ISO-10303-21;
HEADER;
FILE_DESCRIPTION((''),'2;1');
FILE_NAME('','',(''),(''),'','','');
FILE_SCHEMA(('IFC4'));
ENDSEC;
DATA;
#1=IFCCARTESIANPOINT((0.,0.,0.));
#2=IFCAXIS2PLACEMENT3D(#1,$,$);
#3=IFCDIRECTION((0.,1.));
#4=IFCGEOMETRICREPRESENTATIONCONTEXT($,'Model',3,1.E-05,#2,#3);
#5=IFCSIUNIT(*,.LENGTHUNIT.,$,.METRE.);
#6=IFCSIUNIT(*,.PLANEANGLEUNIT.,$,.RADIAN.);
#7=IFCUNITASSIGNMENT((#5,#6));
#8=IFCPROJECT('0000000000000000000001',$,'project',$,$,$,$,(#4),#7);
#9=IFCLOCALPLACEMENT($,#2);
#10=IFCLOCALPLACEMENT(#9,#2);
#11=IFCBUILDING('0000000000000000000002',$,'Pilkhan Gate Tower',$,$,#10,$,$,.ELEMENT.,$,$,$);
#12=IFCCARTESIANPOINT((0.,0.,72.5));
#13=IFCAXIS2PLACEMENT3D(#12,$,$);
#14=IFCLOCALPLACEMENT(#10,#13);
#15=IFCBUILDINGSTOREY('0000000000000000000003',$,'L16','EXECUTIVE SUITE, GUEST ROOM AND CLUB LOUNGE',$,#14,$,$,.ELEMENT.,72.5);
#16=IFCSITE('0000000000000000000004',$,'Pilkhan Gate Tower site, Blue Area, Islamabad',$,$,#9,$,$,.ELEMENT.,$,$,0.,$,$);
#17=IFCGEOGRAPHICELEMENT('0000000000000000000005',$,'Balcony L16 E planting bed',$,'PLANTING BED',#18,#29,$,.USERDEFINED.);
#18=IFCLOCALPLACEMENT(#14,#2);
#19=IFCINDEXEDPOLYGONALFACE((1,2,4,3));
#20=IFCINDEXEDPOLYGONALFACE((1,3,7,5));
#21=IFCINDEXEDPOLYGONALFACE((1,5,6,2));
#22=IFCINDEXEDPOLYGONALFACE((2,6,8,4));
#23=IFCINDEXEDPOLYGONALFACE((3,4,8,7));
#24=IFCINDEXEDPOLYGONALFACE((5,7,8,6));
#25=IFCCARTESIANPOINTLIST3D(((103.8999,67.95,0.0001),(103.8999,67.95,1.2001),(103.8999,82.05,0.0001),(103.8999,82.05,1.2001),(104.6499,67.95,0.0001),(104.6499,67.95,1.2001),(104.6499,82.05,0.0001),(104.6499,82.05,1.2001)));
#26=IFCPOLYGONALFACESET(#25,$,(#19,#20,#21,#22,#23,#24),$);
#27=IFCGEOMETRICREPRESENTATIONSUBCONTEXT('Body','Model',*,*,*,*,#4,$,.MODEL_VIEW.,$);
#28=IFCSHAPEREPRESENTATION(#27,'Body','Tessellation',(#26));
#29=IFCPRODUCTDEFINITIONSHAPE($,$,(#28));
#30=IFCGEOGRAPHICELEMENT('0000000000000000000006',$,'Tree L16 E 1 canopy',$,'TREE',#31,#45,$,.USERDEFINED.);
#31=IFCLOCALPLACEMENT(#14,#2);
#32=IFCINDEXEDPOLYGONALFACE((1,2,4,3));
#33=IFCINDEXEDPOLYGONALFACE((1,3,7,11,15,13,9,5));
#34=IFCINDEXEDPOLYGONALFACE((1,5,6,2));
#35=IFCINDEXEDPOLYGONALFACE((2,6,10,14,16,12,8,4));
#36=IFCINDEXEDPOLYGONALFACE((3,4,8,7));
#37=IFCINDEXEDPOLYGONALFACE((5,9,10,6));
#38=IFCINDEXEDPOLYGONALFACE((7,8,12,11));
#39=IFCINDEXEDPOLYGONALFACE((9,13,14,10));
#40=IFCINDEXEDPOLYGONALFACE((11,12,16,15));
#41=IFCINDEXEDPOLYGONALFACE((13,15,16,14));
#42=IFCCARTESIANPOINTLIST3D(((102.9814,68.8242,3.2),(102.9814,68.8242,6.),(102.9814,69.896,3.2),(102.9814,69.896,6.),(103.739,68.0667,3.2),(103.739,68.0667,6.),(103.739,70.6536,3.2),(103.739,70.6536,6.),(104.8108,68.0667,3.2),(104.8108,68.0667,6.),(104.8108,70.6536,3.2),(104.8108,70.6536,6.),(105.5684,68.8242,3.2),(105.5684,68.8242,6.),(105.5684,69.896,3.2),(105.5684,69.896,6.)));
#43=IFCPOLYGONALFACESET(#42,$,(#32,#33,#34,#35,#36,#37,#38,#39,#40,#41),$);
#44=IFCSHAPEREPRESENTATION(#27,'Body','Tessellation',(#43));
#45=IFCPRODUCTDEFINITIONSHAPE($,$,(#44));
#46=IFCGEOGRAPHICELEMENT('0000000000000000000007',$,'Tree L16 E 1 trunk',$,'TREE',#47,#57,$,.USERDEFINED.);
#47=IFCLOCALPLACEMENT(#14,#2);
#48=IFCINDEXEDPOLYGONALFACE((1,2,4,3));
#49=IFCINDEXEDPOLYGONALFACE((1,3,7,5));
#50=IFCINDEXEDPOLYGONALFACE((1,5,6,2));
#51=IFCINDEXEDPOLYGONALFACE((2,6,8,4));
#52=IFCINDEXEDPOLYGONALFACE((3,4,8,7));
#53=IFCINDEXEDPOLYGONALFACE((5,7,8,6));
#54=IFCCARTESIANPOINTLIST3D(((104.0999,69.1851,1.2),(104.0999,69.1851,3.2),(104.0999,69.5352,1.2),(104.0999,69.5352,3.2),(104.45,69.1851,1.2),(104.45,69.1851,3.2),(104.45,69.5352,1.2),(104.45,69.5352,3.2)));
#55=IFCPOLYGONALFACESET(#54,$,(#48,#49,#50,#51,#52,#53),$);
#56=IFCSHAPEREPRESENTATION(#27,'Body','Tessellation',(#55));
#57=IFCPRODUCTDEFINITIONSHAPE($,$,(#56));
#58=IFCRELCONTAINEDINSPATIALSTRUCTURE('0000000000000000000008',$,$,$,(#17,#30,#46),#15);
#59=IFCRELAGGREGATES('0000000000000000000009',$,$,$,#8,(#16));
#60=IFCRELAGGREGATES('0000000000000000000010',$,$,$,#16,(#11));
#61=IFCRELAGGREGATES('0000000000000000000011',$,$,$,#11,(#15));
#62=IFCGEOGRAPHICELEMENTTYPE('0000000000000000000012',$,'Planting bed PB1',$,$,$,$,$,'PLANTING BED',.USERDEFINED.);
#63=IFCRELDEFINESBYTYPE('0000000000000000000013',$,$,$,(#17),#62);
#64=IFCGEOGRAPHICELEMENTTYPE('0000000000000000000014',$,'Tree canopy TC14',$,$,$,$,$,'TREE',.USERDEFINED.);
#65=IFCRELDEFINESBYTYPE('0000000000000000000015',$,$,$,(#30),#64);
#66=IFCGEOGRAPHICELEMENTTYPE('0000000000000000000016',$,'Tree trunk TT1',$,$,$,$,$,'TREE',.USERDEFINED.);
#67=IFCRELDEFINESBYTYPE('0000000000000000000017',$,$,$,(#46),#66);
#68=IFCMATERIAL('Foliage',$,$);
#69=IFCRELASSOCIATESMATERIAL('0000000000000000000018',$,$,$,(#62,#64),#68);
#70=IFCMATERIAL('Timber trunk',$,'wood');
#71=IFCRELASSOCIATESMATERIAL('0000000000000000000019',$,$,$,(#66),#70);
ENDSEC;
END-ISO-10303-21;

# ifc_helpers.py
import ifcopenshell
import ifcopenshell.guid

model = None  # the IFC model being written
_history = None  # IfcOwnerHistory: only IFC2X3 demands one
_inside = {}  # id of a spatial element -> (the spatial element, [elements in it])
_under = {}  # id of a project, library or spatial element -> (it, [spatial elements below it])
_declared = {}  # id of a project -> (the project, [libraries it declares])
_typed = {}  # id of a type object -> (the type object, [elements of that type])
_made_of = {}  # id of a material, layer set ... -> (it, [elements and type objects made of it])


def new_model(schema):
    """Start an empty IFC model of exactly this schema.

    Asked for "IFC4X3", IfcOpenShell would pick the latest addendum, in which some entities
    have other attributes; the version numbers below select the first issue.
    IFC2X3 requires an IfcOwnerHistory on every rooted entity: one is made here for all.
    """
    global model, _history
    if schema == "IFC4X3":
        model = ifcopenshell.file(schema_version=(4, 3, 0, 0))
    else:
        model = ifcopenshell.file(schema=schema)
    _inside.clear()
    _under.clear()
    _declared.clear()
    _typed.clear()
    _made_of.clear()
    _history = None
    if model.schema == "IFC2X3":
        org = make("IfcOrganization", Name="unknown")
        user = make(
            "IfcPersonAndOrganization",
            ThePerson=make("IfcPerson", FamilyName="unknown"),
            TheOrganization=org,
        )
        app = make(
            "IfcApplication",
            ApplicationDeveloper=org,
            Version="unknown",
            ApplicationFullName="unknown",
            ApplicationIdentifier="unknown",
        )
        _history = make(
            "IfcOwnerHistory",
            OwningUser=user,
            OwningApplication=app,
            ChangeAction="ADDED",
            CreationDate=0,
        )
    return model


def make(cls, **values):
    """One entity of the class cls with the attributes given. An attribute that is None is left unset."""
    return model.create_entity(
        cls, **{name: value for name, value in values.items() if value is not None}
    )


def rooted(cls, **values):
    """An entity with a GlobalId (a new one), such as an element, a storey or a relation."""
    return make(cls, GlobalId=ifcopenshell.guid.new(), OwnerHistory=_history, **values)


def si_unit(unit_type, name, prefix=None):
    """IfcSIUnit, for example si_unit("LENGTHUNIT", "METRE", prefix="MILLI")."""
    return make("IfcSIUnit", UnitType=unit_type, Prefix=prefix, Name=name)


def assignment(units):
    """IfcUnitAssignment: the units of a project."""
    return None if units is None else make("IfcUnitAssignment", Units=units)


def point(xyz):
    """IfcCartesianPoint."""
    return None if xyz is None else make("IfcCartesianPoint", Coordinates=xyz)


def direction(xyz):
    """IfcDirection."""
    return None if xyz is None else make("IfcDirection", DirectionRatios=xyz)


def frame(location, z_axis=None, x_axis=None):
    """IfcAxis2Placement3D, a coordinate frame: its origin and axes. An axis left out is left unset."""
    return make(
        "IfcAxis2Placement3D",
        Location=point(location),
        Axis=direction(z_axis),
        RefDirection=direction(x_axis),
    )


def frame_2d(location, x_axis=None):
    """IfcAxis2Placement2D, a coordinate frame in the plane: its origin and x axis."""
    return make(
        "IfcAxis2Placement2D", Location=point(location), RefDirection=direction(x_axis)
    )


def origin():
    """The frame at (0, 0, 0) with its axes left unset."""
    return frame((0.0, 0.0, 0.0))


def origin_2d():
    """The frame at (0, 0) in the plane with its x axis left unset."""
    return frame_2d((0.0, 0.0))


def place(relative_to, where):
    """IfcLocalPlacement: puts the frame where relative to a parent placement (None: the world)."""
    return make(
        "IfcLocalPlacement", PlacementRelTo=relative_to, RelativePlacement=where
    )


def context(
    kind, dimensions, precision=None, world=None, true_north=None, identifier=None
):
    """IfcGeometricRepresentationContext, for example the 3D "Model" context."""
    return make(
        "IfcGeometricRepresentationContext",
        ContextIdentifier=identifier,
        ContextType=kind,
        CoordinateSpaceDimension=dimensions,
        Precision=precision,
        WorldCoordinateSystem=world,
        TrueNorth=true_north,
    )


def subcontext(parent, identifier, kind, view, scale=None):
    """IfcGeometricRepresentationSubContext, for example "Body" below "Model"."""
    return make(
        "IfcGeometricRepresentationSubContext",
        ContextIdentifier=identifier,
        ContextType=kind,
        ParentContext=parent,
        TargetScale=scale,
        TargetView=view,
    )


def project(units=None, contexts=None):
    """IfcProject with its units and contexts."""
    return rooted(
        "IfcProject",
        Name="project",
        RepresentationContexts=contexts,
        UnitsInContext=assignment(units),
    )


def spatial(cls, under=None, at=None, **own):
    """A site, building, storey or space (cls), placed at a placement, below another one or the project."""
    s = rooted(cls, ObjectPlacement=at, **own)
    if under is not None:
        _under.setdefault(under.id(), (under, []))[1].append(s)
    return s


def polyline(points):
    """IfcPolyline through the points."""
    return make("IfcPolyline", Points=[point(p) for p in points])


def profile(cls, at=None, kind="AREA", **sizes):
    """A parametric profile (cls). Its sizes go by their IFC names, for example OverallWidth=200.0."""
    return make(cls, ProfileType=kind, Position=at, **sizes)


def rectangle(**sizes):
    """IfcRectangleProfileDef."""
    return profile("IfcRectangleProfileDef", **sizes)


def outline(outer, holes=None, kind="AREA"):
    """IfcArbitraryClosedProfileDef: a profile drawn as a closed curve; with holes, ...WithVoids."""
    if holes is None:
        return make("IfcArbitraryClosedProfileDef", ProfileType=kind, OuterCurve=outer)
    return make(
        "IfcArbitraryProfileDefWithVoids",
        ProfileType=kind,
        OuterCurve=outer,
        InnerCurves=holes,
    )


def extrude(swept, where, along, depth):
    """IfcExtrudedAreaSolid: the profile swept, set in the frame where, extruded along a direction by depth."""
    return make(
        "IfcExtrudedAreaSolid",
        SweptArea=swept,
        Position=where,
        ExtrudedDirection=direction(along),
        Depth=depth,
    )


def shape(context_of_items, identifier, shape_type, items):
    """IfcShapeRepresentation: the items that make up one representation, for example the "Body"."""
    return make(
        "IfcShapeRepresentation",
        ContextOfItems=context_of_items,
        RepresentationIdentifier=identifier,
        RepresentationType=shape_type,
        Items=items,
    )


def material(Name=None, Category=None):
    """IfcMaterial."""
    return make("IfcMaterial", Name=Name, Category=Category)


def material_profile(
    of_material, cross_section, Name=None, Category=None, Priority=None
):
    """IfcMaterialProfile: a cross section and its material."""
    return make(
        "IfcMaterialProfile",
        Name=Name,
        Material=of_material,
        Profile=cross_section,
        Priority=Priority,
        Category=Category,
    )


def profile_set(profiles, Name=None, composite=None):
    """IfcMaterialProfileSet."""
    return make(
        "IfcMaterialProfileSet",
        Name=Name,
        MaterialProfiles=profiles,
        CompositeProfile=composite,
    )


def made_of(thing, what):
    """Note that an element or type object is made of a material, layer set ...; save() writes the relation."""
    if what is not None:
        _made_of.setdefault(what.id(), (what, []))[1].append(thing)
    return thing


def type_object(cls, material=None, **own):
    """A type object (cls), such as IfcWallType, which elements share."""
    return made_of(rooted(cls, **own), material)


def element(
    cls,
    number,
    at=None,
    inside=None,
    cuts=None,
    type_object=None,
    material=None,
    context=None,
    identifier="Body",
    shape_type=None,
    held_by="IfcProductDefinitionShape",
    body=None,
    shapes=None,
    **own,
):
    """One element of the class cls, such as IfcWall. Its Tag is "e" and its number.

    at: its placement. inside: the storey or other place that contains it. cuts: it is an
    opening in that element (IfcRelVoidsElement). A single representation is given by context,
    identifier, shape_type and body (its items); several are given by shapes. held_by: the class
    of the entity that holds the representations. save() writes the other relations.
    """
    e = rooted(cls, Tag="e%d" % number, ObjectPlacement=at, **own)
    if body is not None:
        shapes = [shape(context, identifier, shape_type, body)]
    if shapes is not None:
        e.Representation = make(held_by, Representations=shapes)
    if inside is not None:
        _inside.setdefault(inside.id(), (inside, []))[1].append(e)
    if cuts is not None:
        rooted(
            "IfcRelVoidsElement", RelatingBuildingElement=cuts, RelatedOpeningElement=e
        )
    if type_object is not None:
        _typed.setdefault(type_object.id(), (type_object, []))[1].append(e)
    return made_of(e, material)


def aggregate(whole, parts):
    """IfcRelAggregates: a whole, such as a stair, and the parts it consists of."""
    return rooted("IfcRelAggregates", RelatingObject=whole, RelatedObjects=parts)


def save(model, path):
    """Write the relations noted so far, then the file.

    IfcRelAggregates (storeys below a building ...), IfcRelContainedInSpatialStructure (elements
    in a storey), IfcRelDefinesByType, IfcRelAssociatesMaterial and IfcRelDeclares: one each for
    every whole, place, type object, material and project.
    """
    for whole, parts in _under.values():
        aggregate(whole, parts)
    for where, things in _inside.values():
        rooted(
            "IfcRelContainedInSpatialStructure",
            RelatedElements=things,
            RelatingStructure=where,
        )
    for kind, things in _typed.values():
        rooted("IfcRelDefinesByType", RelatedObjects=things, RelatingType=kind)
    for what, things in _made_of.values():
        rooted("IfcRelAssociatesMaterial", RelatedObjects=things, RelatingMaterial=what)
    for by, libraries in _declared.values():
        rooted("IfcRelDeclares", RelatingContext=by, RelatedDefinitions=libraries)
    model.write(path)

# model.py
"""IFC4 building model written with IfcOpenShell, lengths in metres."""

from ifc_helpers import new_model, si_unit, direction, frame, origin, origin_2d, place, context, subcontext, project, spatial, polyline, rectangle, outline, extrude, material, material_profile, profile_set, type_object, element, save


model = new_model("IFC4")

# Units and contexts
model_context = context("Model", 3, precision=1e-05, world=origin(), true_north=direction((0.0, 1.0)))
body_context = subcontext(model_context, "Body", "Model", "MODEL_VIEW")
ifc_project = project(units=[si_unit("LENGTHUNIT", "METRE"), si_unit("PLANEANGLEUNIT", "RADIAN")], contexts=[model_context])

# Site, building, storey
site_placement = place(None, origin())
site = spatial("IfcSite", under=ifc_project, at=site_placement, Name="Pilkhan Gate Tower site, Blue Area, Islamabad", CompositionType="ELEMENT", RefElevation=0.0)
building_placement = place(site_placement, origin())
building = spatial("IfcBuilding", under=site, at=building_placement, Name="Pilkhan Gate Tower", CompositionType="ELEMENT")
storey_placement = place(building_placement, frame((0.0, 0.0, 72.5)))
storey = spatial("IfcBuildingStorey", under=building, at=storey_placement, Name="L16", Description="EXECUTIVE SUITE, GUEST ROOM AND CLUB LOUNGE", CompositionType="ELEMENT", Elevation=72.5)

# Geographic elements
ifc_material_1 = material(Name="Foliage")
ifc_material_profile_1 = material_profile(ifc_material_1, rectangle(XDim=0.75, YDim=1.2, at=origin_2d()), Name="Bed 750x1200")
ifc_profile_set_1 = profile_set([ifc_material_profile_1], Name="Foliage")
geographic_element_type_1 = type_object("IfcGeographicElementType", Name="Planting bed PB1", ElementType="PLANTING BED", PredefinedType="USERDEFINED", material=ifc_profile_set_1)
geographic_element_1_placement = place(storey_placement, frame((104.2749, 67.95, 0.6001), z_axis=(0.0, 1.0, 0.0), x_axis=(-1.0, 0.0, 0.0)))
element("IfcGeographicElement", 1, at=geographic_element_1_placement, inside=storey, type_object=geographic_element_type_1, Name="Balcony L16 E planting bed", ObjectType="PLANTING BED", PredefinedType="USERDEFINED", context=body_context, shape_type="SweptSolid", body=[
    extrude(rectangle(XDim=0.75, YDim=1.2, at=origin_2d()), origin(), (0.0, 0.0, 1.0), 14.1001),
])
ifc_material_profile_2 = material_profile(ifc_material_1, outline(polyline([(1.2935, 0.5359), (0.5359, 1.2935), (-0.5359, 1.2935), (-1.2935, 0.5359), (-1.2935, -0.5359), (-0.5359, -1.2935), (0.5359, -1.2935), (1.2935, -0.5359), (1.2935, 0.5359)])), Name="Canopy D2.8")
ifc_profile_set_2 = profile_set([ifc_material_profile_2], Name="Foliage")
geographic_element_type_2 = type_object("IfcGeographicElementType", Name="Tree canopy TC14", ElementType="TREE", PredefinedType="USERDEFINED", material=ifc_profile_set_2)
geographic_element_2_placement = place(storey_placement, frame((104.2749, 69.3601, 3.2), z_axis=(0.0, 0.0, 1.0), x_axis=(1.0, 0.0, 0.0)))
element("IfcGeographicElement", 2, at=geographic_element_2_placement, inside=storey, type_object=geographic_element_type_2, Name="Tree L16 E 1 canopy", ObjectType="TREE", PredefinedType="USERDEFINED", context=body_context, shape_type="SweptSolid", body=[
    extrude(outline(polyline([(1.2935, 0.5359), (0.5359, 1.2935), (-0.5359, 1.2935), (-1.2935, 0.5359), (-1.2935, -0.5359), (-0.5359, -1.2935), (0.5359, -1.2935), (1.2935, -0.5359), (1.2935, 0.5359)])), origin(), (0.0, 0.0, 1.0), 2.8),
])
ifc_material_2 = material(Name="Timber trunk", Category="wood")
geographic_element_type_3 = type_object("IfcGeographicElementType", Name="Tree trunk TT1", ElementType="TREE", PredefinedType="USERDEFINED", material=ifc_material_2)
geographic_element_3_placement = place(storey_placement, frame((104.2749, 69.3601, 1.2), z_axis=(0.0, 0.0, 1.0), x_axis=(1.0, 0.0, 0.0)))
element("IfcGeographicElement", 3, at=geographic_element_3_placement, inside=storey, type_object=geographic_element_type_3, Name="Tree L16 E 1 trunk", ObjectType="TREE", PredefinedType="USERDEFINED", context=body_context, shape_type="SweptSolid", body=[
    extrude(rectangle(XDim=0.3501, YDim=0.3501, at=origin_2d()), origin(), (0.0, 0.0, 1.0), 2.0),
])

save(model, "model.ifc")
